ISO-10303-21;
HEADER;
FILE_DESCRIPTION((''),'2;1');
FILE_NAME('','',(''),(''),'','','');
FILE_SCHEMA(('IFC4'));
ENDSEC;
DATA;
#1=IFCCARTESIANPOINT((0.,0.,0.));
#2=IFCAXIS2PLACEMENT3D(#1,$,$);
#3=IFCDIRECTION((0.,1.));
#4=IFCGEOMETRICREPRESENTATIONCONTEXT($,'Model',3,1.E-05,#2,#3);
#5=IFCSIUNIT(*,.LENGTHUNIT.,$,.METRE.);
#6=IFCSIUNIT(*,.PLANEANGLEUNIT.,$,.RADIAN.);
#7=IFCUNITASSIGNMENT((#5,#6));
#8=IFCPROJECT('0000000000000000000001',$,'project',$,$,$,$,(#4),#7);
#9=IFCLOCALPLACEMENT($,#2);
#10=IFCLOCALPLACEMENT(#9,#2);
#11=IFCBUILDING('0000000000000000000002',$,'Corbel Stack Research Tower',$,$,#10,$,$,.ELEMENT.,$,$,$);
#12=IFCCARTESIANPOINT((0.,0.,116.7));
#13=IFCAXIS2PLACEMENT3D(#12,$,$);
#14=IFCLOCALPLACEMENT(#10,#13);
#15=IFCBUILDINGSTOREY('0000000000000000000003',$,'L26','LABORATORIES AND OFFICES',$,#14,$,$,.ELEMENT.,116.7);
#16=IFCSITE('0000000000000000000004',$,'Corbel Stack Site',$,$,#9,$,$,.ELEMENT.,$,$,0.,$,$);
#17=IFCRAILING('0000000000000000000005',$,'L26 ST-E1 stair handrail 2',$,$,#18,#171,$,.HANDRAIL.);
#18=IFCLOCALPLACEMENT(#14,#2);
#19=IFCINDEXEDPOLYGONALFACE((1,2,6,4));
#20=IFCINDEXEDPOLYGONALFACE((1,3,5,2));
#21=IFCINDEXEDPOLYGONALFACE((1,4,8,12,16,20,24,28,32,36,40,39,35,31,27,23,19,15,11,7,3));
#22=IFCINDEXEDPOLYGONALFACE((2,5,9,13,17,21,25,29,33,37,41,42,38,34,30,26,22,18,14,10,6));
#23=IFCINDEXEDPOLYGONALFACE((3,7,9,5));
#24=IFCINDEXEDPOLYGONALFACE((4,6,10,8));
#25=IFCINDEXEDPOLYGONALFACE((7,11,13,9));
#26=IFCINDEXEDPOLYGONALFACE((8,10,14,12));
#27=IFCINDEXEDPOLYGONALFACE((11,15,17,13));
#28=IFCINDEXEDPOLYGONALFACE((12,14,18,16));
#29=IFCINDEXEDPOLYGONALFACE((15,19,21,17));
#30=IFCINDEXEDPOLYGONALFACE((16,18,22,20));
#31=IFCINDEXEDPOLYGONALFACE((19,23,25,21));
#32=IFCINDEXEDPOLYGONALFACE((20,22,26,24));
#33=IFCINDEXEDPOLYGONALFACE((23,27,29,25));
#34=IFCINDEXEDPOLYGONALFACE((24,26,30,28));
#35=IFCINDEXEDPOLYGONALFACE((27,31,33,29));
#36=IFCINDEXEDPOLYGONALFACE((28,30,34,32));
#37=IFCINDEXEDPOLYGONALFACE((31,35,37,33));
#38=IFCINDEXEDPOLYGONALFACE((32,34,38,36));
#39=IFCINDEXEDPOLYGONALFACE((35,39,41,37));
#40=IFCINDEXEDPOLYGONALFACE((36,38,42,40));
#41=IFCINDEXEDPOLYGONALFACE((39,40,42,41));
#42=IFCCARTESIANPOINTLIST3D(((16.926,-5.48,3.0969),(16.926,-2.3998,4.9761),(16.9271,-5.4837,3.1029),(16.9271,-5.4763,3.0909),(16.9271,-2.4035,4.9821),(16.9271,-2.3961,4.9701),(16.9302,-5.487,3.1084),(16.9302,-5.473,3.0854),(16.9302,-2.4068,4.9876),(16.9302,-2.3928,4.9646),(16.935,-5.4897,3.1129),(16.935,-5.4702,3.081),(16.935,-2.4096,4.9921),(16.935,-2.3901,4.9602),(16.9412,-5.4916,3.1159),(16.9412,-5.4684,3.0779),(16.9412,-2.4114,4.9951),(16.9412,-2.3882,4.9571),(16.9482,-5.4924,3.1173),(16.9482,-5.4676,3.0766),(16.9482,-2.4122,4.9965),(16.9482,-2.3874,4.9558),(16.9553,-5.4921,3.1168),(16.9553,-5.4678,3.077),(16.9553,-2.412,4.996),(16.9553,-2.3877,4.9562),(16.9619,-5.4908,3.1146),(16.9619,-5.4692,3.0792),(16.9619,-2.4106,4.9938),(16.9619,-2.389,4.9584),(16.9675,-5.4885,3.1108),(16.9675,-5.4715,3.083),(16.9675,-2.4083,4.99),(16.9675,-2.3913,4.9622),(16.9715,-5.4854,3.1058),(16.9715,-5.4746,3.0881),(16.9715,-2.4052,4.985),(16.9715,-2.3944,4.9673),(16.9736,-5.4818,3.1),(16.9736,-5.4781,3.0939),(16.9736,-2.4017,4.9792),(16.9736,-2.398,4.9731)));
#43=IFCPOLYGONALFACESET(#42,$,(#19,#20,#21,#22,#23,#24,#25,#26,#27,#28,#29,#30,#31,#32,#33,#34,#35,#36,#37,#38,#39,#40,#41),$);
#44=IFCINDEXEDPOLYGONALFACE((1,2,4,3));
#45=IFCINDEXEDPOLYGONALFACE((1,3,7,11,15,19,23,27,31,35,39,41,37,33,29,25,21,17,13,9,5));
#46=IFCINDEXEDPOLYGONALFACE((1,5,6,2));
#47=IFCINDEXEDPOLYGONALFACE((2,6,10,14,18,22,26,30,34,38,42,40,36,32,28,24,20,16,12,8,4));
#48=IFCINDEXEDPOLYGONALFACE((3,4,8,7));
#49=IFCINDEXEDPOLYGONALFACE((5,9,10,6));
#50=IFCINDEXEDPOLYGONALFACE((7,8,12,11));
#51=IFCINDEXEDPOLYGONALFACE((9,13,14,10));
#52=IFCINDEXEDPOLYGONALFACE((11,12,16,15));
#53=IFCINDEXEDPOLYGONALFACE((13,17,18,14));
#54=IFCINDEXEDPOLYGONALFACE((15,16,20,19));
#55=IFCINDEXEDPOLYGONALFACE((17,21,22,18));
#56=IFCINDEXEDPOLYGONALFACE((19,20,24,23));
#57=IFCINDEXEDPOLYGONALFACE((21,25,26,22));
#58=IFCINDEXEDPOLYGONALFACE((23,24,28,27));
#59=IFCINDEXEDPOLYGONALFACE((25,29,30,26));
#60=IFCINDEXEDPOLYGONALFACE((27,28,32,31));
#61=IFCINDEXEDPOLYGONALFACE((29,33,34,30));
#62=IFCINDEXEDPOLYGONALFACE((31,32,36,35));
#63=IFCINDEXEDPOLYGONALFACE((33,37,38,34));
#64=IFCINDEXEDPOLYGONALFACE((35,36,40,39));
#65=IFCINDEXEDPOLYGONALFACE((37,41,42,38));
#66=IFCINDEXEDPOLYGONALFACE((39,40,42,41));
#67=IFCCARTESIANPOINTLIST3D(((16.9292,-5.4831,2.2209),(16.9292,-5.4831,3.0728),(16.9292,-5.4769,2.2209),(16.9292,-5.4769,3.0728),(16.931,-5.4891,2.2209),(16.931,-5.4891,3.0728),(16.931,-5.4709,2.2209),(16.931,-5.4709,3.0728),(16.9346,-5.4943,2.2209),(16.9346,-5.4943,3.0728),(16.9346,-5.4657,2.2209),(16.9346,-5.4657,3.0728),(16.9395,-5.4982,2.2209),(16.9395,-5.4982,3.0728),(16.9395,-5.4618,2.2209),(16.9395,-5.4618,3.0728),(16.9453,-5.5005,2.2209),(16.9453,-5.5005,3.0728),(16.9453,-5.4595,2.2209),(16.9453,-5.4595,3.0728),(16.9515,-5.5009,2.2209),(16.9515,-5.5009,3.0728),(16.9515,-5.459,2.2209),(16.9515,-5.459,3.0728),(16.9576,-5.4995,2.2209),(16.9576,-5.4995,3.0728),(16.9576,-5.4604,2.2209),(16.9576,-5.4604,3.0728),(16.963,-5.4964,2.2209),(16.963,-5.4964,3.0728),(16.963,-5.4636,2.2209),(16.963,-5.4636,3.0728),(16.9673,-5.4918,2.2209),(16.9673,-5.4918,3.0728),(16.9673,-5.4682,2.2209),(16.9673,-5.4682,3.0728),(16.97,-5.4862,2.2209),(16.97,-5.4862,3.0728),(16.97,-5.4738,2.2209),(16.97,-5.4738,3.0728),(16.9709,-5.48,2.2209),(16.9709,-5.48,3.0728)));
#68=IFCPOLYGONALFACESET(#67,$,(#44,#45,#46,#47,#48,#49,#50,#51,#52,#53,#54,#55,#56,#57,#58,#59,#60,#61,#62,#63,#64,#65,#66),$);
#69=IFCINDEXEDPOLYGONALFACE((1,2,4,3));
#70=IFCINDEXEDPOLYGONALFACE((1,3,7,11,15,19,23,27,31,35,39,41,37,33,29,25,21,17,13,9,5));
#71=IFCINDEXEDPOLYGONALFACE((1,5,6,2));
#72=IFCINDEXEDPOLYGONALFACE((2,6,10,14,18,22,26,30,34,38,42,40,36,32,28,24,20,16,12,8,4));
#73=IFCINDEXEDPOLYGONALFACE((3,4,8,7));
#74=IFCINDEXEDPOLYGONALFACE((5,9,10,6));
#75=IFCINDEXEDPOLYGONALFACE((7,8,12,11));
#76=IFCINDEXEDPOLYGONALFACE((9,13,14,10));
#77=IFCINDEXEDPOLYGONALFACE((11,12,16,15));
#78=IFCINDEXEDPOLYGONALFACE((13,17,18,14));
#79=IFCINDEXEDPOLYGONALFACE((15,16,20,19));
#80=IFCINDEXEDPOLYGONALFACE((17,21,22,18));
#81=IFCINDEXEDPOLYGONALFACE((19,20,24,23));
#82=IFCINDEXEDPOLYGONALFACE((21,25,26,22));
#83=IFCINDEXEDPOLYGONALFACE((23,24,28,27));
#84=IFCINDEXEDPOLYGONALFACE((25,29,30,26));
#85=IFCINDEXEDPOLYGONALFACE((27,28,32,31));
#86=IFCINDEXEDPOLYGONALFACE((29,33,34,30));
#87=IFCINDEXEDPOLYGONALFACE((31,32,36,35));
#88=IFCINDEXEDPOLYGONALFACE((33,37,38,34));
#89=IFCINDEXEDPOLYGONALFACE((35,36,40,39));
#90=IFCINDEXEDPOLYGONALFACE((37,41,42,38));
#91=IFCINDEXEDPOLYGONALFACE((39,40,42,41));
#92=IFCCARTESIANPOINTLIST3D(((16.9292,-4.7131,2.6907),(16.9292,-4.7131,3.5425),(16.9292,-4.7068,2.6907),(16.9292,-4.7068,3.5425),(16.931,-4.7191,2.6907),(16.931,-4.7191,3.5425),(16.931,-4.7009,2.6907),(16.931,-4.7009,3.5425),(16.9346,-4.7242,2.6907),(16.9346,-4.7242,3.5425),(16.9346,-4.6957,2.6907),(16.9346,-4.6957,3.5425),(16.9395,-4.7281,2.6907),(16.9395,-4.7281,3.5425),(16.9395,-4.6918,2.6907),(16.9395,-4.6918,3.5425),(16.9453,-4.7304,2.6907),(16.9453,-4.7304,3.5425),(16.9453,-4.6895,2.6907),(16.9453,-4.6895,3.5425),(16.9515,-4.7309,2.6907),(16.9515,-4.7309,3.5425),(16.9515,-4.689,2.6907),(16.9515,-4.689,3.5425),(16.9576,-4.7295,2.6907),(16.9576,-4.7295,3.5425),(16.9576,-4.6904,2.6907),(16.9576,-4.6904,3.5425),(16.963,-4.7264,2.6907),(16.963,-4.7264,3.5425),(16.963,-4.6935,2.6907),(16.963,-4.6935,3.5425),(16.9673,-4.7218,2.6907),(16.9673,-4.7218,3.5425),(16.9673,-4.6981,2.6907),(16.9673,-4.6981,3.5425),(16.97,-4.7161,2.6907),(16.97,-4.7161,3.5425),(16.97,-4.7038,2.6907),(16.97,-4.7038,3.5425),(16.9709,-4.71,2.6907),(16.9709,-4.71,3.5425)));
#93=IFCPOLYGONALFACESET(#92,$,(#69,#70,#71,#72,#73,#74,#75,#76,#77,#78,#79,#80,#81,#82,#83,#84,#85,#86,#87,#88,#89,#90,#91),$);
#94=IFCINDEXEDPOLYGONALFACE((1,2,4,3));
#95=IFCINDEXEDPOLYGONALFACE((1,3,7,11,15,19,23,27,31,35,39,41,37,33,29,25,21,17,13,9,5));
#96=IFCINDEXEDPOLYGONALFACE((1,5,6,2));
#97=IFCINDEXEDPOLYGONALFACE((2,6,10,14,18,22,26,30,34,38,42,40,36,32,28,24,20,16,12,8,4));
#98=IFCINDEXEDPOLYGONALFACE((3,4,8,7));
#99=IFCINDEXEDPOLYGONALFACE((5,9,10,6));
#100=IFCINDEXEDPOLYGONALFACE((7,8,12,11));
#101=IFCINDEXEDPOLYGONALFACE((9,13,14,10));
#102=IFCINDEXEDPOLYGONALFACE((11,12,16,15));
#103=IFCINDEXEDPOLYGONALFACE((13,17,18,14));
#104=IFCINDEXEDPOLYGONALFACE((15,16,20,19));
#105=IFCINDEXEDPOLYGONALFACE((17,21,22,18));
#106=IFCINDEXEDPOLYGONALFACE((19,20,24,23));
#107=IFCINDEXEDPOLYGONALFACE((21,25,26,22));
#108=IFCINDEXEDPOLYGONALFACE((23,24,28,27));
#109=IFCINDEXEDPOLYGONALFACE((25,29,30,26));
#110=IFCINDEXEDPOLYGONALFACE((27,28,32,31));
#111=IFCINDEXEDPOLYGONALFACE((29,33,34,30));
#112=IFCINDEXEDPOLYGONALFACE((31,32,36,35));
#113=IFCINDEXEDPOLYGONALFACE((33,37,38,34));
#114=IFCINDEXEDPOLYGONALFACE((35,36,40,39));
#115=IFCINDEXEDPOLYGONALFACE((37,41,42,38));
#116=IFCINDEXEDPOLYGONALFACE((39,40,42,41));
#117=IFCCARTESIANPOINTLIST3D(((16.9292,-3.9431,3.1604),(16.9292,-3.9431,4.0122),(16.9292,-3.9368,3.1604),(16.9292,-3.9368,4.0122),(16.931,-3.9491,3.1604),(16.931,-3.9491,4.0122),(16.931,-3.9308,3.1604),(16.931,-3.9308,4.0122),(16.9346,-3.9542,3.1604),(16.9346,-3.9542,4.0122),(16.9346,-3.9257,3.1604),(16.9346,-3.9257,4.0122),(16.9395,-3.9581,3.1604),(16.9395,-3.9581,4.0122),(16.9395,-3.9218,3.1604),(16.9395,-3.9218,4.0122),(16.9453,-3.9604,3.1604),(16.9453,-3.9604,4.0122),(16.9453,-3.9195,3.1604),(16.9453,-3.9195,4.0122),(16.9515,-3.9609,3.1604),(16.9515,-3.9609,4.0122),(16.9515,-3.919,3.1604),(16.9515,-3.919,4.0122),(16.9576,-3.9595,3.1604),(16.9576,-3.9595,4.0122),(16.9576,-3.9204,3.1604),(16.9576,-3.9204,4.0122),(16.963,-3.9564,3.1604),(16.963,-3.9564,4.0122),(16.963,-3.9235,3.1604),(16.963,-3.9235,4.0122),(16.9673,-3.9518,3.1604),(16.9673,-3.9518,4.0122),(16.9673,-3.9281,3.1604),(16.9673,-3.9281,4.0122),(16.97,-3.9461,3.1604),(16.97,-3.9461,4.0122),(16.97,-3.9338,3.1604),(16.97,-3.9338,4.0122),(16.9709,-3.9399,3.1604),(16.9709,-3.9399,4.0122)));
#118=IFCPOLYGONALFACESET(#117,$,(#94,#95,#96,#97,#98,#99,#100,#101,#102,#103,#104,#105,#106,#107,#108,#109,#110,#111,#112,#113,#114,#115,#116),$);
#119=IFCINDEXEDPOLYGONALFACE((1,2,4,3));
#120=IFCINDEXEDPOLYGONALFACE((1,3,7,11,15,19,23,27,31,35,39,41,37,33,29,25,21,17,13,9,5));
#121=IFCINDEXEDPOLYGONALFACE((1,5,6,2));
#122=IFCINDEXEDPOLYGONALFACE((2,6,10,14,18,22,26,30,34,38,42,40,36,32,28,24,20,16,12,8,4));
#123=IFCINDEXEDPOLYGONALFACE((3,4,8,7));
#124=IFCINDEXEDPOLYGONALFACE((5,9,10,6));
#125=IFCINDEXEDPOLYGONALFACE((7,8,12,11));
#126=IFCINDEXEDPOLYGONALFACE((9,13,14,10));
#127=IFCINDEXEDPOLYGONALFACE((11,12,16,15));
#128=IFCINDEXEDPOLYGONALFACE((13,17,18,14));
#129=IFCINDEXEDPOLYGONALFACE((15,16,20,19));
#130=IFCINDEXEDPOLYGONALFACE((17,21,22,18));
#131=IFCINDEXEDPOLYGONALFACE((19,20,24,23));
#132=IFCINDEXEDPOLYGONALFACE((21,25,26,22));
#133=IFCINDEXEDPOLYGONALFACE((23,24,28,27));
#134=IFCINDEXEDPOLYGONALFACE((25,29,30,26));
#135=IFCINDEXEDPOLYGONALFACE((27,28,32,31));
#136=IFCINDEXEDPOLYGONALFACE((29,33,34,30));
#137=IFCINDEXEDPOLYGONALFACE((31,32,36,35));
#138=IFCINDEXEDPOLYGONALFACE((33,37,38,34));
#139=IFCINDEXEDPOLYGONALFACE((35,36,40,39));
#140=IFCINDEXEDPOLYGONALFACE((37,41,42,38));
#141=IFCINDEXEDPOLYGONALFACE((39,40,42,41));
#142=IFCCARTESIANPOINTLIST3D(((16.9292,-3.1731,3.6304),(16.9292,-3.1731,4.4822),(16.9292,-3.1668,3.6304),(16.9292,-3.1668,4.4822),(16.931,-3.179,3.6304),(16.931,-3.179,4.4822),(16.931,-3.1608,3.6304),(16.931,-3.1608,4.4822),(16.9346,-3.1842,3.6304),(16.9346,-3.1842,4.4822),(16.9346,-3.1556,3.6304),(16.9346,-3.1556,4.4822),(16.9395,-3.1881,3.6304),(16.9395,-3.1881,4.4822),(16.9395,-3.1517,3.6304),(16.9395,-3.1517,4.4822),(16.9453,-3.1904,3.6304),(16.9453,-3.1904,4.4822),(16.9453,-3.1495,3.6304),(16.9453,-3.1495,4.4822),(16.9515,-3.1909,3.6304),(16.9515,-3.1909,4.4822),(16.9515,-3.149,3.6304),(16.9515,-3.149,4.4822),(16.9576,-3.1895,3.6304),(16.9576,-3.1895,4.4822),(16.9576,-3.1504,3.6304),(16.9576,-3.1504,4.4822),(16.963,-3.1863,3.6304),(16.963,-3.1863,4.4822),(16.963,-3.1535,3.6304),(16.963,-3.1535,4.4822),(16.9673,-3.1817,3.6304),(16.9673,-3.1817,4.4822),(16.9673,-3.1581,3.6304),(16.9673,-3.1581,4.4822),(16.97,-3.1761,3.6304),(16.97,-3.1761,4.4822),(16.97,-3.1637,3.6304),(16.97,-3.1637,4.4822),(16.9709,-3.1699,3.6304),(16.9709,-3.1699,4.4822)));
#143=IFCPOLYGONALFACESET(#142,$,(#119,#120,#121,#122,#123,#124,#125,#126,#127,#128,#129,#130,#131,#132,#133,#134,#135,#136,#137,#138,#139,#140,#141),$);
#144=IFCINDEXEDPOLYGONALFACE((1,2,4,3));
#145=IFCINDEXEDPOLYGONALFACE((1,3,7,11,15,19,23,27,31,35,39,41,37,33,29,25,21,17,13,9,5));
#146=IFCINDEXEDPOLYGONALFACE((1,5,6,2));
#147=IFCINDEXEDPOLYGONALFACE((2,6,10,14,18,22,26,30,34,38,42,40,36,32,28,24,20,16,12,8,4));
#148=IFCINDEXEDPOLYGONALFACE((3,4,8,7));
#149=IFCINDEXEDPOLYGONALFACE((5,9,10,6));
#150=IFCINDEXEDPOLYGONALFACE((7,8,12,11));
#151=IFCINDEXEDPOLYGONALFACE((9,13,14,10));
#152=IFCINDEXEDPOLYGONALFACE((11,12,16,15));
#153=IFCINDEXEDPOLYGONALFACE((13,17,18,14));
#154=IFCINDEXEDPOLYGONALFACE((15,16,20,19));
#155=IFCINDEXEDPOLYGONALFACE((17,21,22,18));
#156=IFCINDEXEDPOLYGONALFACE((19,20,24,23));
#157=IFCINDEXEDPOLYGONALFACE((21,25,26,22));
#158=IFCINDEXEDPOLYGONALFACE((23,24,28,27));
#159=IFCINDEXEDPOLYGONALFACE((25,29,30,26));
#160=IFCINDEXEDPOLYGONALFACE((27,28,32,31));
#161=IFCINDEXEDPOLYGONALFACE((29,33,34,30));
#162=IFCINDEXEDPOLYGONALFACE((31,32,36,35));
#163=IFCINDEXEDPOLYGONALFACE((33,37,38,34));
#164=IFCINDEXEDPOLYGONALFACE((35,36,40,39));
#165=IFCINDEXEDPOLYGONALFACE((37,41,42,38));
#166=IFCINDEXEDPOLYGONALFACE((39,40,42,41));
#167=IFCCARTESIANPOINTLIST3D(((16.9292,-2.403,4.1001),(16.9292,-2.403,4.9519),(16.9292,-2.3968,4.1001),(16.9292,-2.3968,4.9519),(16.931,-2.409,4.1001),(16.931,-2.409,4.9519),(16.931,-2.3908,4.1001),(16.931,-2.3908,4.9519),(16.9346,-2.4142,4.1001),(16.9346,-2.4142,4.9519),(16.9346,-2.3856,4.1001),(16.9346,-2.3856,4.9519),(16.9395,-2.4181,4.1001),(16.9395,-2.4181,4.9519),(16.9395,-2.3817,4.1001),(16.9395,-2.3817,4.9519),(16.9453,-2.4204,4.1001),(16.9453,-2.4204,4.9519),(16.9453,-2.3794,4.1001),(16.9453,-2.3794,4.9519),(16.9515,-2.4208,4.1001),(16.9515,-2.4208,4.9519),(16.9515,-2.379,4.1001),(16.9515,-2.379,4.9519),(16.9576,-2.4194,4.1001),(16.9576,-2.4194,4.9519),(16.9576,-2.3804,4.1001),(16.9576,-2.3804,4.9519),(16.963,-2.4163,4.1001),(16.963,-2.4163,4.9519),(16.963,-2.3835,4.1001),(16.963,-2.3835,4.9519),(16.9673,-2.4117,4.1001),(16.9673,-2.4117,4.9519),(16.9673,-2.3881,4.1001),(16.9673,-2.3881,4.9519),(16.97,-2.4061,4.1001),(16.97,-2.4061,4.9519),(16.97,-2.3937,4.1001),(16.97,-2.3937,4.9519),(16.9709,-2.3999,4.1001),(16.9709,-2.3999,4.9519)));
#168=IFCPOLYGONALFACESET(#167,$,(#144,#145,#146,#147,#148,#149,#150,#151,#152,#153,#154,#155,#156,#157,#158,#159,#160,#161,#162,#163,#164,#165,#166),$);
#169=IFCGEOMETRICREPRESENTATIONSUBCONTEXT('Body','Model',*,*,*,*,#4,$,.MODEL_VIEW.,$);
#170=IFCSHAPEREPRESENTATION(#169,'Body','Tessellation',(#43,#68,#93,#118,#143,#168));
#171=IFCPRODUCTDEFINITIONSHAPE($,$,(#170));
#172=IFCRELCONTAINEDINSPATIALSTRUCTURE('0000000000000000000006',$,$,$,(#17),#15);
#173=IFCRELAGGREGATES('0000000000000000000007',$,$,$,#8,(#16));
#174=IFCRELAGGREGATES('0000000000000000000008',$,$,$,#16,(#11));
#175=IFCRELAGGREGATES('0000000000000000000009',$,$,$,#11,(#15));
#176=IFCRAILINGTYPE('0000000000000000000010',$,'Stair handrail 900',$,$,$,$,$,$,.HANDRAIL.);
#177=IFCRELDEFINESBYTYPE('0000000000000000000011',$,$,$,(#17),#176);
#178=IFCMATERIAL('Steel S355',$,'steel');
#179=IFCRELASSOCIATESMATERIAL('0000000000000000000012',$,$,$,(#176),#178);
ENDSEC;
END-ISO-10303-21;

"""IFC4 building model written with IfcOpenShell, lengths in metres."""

from ifc_helpers import new_model, si_unit, direction, frame, origin, origin_2d, place, context, subcontext, project, spatial, circle, extrude, material, type_object, element, save


model = new_model("IFC4")

# Units and contexts
model_context = context("Model", 3, precision=1e-05, world=origin(), true_north=direction((0.0, 1.0)))
body_context = subcontext(model_context, "Body", "Model", "MODEL_VIEW")
ifc_project = project(units=[si_unit("LENGTHUNIT", "METRE"), si_unit("PLANEANGLEUNIT", "RADIAN")], contexts=[model_context])

# Site, building, storey
site_placement = place(None, origin())
site = spatial("IfcSite", under=ifc_project, at=site_placement, Name="Corbel Stack Site", CompositionType="ELEMENT", RefElevation=0.0)
building_placement = place(site_placement, origin())
building = spatial("IfcBuilding", under=site, at=building_placement, Name="Corbel Stack Research Tower", CompositionType="ELEMENT")
storey_placement = place(building_placement, frame((0.0, 0.0, 116.7)))
storey = spatial("IfcBuildingStorey", under=building, at=storey_placement, Name="L26", Description="LABORATORIES AND OFFICES", CompositionType="ELEMENT", Elevation=116.7)

# Railing
ifc_material_1 = material(Name="Steel S355", Category="steel")
railing_type_1 = type_object("IfcRailingType", Name="Stair handrail 900", PredefinedType="HANDRAIL", material=ifc_material_1)
railing_1_placement = place(storey_placement, frame((16.95, -5.48, 2.2209)))
element("IfcRailing", 1, at=railing_1_placement, inside=storey, type_object=railing_type_1, Name="L26 ST-E1 stair handrail 2", PredefinedType="HANDRAIL", context=body_context, shape_type="SweptSolid", body=[
    extrude(circle(Radius=0.0239, at=origin_2d()), frame((0.0, 0.0, 0.876), z_axis=(0.0, 0.853666, 0.52082), x_axis=(-1.0, 0.0, 0.0)), (0.0, 0.0, 1.0), 3.6082),
    extrude(circle(Radius=0.021, at=origin_2d()), origin(), (0.0, 0.0, 1.0), 0.8518),
    extrude(circle(Radius=0.021, at=origin_2d()), frame((0.0, 0.77, 0.4697)), (0.0, 0.0, 1.0), 0.8518),
    extrude(circle(Radius=0.021, at=origin_2d()), frame((0.0, 1.54, 0.9395)), (0.0, 0.0, 1.0), 0.8518),
    extrude(circle(Radius=0.021, at=origin_2d()), frame((0.0, 2.3101, 1.4094)), (0.0, 0.0, 1.0), 0.8518),
    extrude(circle(Radius=0.021, at=origin_2d()), frame((0.0, 3.0801, 1.8792)), (0.0, 0.0, 1.0), 0.8518),
])

save(model, "model.ifc")
